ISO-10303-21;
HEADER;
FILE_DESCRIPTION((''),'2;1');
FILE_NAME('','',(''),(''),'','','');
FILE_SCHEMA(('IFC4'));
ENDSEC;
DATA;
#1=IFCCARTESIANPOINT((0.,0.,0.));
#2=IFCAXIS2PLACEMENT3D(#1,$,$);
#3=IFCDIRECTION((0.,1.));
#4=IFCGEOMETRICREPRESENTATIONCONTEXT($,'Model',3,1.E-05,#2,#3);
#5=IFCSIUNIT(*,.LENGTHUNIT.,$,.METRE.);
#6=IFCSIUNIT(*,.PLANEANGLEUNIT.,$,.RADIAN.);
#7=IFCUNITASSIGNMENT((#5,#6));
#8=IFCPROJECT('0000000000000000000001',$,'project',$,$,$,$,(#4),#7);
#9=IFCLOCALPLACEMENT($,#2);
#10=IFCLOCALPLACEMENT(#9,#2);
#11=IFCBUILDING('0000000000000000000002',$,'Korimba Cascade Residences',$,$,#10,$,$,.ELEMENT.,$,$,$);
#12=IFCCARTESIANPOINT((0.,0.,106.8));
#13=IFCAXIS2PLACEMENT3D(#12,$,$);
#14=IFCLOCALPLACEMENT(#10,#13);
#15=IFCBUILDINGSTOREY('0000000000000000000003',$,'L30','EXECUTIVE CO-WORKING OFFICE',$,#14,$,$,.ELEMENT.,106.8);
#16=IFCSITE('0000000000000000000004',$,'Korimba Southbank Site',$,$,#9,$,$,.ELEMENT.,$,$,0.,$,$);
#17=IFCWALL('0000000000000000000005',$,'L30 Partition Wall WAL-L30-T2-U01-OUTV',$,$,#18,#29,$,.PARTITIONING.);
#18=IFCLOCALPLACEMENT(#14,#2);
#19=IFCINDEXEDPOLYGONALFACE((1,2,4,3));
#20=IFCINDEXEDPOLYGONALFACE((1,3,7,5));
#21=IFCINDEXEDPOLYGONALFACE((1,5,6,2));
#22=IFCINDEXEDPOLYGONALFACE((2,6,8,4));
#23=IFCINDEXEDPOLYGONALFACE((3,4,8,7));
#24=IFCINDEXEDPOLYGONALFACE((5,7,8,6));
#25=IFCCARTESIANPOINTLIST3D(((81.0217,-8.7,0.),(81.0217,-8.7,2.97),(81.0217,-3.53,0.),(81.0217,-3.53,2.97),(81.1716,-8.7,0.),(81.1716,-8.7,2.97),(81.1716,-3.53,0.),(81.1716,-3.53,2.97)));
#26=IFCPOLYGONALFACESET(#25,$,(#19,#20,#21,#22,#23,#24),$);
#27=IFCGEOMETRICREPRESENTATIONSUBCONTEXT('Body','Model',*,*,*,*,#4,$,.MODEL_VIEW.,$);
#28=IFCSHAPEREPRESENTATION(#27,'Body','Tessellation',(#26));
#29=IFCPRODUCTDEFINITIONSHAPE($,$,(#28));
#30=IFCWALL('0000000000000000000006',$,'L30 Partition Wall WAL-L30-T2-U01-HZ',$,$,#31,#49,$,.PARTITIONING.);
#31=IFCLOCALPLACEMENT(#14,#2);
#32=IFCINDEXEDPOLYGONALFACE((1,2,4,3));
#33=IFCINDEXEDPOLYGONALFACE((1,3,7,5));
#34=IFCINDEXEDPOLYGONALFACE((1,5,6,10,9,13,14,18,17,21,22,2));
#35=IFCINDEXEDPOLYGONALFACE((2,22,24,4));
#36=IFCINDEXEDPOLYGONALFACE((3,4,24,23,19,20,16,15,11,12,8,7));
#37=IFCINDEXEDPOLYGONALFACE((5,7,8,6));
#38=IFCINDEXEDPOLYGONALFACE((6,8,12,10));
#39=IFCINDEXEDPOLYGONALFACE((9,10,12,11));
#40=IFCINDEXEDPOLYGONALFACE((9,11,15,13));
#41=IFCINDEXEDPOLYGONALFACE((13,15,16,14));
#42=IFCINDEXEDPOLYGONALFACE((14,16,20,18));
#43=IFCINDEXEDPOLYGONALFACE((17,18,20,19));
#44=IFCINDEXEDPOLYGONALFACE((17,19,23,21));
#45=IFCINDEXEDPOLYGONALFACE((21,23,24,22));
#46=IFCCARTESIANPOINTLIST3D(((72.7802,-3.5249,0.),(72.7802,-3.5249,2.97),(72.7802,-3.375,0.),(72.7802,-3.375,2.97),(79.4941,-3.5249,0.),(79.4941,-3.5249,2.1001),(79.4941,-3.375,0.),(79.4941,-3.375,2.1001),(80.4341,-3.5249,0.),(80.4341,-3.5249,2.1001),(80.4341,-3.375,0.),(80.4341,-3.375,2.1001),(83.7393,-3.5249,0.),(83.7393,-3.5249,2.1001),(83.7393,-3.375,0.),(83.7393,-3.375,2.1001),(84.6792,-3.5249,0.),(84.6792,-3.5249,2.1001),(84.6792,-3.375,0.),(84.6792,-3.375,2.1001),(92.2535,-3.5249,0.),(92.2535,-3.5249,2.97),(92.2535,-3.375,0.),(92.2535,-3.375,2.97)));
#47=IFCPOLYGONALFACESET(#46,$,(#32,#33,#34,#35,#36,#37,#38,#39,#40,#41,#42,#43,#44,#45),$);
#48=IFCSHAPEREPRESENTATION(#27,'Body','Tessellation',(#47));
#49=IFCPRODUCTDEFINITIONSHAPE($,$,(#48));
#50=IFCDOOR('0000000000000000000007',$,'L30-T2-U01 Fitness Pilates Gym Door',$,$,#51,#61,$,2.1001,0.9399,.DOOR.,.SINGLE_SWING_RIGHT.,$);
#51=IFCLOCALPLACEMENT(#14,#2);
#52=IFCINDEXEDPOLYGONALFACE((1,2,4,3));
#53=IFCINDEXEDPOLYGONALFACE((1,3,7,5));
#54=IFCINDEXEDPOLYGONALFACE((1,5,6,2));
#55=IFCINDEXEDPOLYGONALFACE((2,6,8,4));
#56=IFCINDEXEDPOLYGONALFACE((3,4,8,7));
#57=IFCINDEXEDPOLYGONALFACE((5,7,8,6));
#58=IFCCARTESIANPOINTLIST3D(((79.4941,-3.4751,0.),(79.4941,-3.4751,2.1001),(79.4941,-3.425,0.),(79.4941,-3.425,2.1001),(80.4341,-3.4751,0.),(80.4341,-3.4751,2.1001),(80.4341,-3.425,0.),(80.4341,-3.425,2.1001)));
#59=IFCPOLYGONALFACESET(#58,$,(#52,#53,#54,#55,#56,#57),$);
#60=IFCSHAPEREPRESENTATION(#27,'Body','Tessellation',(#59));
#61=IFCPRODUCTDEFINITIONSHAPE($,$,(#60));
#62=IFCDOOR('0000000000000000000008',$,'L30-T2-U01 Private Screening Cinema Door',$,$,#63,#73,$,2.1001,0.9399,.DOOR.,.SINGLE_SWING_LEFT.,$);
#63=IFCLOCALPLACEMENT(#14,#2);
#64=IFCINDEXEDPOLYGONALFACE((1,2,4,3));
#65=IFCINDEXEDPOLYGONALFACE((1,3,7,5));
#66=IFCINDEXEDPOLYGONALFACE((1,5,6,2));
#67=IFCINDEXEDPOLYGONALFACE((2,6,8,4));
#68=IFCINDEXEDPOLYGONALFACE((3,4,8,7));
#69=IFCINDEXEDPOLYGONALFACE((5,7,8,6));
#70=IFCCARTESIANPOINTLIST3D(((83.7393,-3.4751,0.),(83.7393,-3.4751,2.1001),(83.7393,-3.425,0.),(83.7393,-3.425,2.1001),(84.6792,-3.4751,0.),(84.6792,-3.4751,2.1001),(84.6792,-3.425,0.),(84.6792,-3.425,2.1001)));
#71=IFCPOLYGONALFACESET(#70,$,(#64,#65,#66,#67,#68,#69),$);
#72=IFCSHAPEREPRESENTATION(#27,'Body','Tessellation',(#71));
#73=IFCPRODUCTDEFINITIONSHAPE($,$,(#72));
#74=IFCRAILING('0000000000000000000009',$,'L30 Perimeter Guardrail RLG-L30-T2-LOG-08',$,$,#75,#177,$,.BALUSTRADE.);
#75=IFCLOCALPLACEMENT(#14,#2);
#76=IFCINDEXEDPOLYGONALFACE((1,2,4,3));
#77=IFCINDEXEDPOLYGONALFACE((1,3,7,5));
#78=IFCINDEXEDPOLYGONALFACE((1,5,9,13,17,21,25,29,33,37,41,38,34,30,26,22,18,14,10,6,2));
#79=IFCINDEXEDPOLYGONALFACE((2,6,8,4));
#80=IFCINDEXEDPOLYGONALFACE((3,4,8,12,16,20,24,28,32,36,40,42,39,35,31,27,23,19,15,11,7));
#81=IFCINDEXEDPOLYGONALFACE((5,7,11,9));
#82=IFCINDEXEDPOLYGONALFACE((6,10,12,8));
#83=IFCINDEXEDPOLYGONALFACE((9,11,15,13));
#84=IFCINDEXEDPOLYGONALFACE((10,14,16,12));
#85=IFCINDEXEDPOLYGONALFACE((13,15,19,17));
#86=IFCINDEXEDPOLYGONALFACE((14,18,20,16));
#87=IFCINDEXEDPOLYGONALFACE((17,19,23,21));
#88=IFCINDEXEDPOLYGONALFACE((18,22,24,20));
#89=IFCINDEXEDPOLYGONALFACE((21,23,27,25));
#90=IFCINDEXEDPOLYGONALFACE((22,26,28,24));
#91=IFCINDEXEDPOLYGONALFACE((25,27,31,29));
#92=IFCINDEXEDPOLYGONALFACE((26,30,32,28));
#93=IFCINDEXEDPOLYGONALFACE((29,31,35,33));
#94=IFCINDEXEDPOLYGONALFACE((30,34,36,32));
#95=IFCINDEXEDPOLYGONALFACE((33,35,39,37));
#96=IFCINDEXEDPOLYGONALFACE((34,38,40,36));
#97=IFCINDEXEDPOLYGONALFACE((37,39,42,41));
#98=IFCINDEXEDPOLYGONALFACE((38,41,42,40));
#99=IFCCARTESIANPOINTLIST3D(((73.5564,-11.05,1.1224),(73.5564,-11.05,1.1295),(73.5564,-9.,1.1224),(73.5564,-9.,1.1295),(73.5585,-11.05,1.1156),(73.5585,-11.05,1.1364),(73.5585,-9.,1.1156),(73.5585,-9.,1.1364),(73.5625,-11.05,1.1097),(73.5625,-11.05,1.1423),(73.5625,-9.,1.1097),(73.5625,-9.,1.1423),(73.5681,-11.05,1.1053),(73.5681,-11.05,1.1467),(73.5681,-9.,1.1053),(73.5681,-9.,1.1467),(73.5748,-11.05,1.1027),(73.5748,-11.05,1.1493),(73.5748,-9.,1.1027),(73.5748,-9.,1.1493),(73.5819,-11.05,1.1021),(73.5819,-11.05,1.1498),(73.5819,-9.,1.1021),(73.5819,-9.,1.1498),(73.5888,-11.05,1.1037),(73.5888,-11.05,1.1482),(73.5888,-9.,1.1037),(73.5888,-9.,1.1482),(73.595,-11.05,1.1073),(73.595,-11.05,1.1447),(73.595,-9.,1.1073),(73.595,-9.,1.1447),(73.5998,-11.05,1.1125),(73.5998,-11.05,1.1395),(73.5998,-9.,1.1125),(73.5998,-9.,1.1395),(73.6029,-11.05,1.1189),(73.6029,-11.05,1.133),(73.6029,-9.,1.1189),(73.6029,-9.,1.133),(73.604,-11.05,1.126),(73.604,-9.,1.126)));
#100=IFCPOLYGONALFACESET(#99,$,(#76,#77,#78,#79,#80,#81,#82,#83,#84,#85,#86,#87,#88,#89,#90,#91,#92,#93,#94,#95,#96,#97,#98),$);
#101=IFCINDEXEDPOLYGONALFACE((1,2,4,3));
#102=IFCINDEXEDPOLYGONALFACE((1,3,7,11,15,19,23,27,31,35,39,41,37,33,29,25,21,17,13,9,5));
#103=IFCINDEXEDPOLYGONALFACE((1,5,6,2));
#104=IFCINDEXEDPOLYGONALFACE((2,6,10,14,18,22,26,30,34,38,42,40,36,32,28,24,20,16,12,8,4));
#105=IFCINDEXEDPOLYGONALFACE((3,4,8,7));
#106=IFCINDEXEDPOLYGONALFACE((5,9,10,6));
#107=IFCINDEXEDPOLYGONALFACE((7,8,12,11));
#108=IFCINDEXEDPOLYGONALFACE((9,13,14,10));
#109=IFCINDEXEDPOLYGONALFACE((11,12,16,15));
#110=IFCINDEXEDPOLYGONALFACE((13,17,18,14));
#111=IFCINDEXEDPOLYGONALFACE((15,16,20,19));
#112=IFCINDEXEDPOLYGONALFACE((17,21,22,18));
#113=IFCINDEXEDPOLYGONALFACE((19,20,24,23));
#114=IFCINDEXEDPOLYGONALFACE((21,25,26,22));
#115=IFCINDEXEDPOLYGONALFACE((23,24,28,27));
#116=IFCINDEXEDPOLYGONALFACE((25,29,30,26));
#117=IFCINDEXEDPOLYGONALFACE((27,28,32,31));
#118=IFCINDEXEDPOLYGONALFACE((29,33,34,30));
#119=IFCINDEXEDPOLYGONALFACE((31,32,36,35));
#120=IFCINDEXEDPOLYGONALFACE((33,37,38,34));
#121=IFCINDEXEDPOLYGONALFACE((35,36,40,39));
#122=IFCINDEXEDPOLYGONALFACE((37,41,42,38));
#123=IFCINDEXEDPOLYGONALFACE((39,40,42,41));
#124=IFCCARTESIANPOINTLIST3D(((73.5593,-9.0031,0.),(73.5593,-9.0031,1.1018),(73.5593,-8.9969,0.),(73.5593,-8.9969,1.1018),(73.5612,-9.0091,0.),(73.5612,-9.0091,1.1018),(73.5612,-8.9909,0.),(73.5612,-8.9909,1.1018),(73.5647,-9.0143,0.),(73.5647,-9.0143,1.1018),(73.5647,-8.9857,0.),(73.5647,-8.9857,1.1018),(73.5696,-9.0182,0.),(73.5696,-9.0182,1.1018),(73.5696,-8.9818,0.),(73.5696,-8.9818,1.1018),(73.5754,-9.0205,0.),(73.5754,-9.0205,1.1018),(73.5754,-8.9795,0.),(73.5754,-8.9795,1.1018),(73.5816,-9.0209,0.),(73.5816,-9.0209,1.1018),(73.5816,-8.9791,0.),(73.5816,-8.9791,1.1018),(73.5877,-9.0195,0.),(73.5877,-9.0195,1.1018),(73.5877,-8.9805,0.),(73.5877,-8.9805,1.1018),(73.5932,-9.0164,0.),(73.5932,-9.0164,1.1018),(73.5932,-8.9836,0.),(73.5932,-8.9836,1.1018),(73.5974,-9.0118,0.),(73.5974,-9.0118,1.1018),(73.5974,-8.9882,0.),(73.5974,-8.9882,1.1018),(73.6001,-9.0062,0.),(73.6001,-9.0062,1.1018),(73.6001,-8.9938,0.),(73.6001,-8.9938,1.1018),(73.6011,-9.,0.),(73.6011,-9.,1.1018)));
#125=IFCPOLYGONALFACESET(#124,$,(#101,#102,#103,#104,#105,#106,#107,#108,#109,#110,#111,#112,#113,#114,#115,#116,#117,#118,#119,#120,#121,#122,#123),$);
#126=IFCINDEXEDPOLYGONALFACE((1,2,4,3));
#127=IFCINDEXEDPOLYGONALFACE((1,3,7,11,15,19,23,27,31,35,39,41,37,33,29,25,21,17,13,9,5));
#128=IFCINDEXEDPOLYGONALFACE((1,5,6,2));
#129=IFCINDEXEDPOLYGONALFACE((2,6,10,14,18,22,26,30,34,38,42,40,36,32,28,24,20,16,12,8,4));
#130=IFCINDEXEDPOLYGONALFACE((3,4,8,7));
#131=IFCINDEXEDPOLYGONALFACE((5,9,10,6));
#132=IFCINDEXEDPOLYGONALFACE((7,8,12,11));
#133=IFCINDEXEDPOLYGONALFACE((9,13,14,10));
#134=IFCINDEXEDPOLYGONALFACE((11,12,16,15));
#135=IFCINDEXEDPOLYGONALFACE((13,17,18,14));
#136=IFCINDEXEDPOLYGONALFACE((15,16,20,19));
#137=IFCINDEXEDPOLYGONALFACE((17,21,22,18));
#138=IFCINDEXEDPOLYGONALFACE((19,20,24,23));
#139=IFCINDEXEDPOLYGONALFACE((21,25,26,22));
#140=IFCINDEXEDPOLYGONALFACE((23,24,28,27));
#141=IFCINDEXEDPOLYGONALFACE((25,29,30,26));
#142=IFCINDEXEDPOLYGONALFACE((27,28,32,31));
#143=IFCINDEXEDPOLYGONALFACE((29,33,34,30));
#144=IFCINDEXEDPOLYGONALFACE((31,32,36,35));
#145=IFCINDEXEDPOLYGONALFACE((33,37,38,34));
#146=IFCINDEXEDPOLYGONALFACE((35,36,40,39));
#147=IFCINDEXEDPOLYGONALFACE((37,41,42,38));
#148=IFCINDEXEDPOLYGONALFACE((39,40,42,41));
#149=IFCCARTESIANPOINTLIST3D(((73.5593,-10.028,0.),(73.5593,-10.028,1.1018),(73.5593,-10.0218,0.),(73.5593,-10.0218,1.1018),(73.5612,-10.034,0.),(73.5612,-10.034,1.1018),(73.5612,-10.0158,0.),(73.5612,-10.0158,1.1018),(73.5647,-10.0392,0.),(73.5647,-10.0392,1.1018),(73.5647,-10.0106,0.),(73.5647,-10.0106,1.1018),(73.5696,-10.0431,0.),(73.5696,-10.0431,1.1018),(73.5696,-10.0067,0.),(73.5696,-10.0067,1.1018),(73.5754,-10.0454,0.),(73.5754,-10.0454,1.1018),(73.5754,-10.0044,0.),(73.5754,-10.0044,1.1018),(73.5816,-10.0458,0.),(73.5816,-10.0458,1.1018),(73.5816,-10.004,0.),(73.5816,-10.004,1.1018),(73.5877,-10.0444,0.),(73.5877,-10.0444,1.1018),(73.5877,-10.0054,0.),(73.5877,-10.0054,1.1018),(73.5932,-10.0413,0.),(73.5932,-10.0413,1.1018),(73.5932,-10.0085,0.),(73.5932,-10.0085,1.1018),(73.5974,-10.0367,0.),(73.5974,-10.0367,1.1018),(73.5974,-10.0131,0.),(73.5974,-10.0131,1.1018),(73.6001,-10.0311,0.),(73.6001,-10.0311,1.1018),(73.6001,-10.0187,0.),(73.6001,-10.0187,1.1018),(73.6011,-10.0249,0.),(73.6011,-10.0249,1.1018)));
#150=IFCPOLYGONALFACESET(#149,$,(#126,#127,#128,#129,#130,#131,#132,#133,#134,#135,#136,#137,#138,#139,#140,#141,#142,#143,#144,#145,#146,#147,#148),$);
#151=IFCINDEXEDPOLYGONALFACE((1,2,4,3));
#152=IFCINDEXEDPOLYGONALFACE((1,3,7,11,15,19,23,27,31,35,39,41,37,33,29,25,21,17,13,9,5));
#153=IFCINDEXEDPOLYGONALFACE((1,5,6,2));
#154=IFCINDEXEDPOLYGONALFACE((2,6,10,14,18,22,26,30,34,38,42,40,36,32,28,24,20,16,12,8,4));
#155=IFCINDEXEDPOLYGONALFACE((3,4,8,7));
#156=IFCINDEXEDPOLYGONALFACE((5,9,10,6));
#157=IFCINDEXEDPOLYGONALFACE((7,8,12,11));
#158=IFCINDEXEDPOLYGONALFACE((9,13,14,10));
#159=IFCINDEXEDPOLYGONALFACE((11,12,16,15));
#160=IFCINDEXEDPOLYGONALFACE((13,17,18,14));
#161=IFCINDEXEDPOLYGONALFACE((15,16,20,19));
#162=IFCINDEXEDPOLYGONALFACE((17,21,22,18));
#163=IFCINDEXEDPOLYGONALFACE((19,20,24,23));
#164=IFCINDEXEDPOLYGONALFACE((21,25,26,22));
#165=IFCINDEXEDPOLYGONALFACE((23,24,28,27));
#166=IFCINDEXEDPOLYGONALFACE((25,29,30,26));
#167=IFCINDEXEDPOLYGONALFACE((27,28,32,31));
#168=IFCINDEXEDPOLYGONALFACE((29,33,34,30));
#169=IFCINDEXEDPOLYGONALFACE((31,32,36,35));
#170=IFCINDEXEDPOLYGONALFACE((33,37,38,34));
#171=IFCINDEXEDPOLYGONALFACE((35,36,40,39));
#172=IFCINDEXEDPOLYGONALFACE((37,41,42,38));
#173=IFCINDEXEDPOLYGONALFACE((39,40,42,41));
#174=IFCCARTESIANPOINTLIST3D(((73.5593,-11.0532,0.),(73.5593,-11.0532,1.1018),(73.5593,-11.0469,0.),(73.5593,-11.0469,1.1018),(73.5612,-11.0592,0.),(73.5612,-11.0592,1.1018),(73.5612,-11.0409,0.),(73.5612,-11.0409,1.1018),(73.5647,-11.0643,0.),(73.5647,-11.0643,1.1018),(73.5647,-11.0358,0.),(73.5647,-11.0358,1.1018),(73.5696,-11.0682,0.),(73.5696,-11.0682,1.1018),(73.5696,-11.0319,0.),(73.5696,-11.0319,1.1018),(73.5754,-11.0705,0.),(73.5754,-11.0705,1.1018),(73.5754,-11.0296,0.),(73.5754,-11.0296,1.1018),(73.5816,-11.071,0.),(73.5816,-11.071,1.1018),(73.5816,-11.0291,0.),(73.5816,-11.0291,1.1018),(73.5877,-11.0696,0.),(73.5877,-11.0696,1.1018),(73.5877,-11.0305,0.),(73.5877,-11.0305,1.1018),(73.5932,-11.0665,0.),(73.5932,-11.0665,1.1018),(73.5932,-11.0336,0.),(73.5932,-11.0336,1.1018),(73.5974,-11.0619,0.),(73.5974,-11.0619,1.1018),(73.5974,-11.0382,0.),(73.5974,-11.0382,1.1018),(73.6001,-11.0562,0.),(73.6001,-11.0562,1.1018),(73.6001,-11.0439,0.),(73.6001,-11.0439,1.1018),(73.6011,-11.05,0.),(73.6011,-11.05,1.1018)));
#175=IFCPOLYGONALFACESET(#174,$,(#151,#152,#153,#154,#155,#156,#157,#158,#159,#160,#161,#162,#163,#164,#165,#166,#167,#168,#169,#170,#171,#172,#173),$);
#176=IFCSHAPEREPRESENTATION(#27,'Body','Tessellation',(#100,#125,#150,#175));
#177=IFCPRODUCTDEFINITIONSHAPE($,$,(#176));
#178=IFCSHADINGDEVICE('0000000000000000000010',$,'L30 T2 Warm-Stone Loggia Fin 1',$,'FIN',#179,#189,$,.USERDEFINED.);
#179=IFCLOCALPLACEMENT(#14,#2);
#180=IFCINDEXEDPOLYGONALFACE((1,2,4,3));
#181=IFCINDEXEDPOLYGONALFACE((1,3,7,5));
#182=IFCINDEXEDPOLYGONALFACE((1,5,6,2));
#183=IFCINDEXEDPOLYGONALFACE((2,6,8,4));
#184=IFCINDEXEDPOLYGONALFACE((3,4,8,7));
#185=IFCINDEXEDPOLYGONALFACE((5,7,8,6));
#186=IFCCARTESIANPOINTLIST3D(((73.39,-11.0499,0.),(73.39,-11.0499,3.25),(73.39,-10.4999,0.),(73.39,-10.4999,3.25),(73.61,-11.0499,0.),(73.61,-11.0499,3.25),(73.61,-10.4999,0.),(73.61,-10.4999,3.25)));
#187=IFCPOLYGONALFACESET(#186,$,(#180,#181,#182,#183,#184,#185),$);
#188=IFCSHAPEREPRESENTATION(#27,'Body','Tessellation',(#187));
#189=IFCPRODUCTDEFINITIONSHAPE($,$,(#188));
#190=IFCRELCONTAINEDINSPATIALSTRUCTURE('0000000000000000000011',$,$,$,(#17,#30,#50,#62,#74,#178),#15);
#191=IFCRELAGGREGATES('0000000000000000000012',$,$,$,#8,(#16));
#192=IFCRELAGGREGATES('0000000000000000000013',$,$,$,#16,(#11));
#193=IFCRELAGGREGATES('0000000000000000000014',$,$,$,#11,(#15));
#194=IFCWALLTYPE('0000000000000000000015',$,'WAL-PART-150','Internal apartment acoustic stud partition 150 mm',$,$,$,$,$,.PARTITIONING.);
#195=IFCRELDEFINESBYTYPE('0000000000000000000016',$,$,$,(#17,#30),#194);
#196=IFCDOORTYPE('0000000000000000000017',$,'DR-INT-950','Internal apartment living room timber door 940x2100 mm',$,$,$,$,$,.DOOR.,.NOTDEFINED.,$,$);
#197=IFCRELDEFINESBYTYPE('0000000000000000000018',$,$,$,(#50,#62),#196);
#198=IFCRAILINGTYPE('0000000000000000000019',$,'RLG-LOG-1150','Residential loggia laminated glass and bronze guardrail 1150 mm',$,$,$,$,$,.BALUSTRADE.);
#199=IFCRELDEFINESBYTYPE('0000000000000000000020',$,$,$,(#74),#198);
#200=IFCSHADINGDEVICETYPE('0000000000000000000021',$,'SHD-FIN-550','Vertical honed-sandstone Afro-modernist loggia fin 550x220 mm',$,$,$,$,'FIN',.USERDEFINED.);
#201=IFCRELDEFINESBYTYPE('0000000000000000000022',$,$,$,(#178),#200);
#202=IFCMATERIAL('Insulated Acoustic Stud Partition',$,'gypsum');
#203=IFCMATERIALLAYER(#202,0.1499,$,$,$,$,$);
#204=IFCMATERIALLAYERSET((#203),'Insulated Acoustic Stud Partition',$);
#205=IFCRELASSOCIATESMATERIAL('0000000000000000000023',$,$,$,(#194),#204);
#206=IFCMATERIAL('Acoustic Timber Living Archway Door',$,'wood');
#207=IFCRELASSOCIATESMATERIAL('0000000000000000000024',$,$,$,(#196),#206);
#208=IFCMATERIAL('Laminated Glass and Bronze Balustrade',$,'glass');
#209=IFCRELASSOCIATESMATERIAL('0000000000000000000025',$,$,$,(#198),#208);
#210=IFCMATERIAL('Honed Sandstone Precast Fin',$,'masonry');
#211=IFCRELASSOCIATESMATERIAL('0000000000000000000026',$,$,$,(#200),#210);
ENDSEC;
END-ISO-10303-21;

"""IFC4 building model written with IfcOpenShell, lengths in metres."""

from ifc_helpers import new_model, si_unit, direction, frame, frame_2d, origin, origin_2d, place, context, subcontext, project, spatial, rectangle, circle, extrude, material, layer, layer_set, type_object, element, fill, save


model = new_model("IFC4")

# Units and contexts
model_context = context("Model", 3, precision=1e-05, world=origin(), true_north=direction((0.0, 1.0)))
body_context = subcontext(model_context, "Body", "Model", "MODEL_VIEW")
ifc_project = project(units=[si_unit("LENGTHUNIT", "METRE"), si_unit("PLANEANGLEUNIT", "RADIAN")], contexts=[model_context])

# Site, building, storey
site_placement = place(None, origin())
site = spatial("IfcSite", under=ifc_project, at=site_placement, Name="Korimba Southbank Site", CompositionType="ELEMENT", RefElevation=0.0)
building_placement = place(site_placement, origin())
building = spatial("IfcBuilding", under=site, at=building_placement, Name="Korimba Cascade Residences", CompositionType="ELEMENT")
storey_placement = place(building_placement, frame((0.0, 0.0, 106.8)))
storey = spatial("IfcBuildingStorey", under=building, at=storey_placement, Name="L30", Description="EXECUTIVE CO-WORKING OFFICE", CompositionType="ELEMENT", Elevation=106.8)

# Wall
ifc_material_1 = material(Name="Insulated Acoustic Stud Partition", Category="gypsum")
ifc_layer_1 = layer(ifc_material_1, 0.1499)
ifc_layer_set_1 = layer_set([ifc_layer_1], Name="Insulated Acoustic Stud Partition")
wall_type_1 = type_object("IfcWallType", Name="WAL-PART-150", Description="Internal apartment acoustic stud partition 150 mm", PredefinedType="PARTITIONING", material=ifc_layer_set_1)
wall_1_placement = place(storey_placement, frame((81.0967, -8.7, 0.0), z_axis=(0.0, 0.0, 1.0), x_axis=(0.0, 1.0, 0.0)))
element("IfcWall", 1, at=wall_1_placement, inside=storey, type_object=wall_type_1, Name="L30 Partition Wall WAL-L30-T2-U01-OUTV", PredefinedType="PARTITIONING", context=body_context, shape_type="SweptSolid", body=[
    extrude(rectangle(XDim=5.1699, YDim=0.1499, at=frame_2d((2.585, 0.0))), origin(), (0.0, 0.0, 1.0), 2.97),
])

# Wall, openings, doors
wall_2_placement = place(storey_placement, frame((72.78, -3.45, 0.0), z_axis=(0.0, 0.0, 1.0), x_axis=(1.0, 0.0, 0.0)))
wall_2 = element("IfcWall", 2, at=wall_2_placement, inside=storey, type_object=wall_type_1, Name="L30 Partition Wall WAL-L30-T2-U01-HZ", PredefinedType="PARTITIONING", context=body_context, shape_type="SweptSolid", body=[
    extrude(rectangle(XDim=19.4734, YDim=0.1499, at=frame_2d((9.7368, 0.0))), origin(), (0.0, 0.0, 1.0), 2.97),
])
opening_1_placement = place(wall_2_placement, frame((6.7141, 0.0, 0.0)))
opening_1 = element("IfcOpeningElement", 3, at=opening_1_placement, cuts=wall_2, PredefinedType="OPENING", context=body_context, shape_type="SweptSolid", body=[
    extrude(rectangle(XDim=0.9399, YDim=2.1001, at=frame_2d((0.47, 1.05))), frame((0.0, 0.085, 0.0), z_axis=(0.0, -1.0, 0.0), x_axis=(1.0, 0.0, 0.0)), (0.0, 0.0, 1.0), 0.1699),
])
opening_2_placement = place(wall_2_placement, frame((10.9592, 0.0, 0.0)))
opening_2 = element("IfcOpeningElement", 4, at=opening_2_placement, cuts=wall_2, PredefinedType="OPENING", context=body_context, shape_type="SweptSolid", body=[
    extrude(rectangle(XDim=0.9399, YDim=2.1001, at=frame_2d((0.47, 1.05))), frame((0.0, 0.085, 0.0), z_axis=(0.0, -1.0, 0.0), x_axis=(1.0, 0.0, 0.0)), (0.0, 0.0, 1.0), 0.1699),
])
ifc_material_2 = material(Name="Acoustic Timber Living Archway Door", Category="wood")
door_type = type_object("IfcDoorType", Name="DR-INT-950", Description="Internal apartment living room timber door 940x2100 mm", OperationType="NOTDEFINED", PredefinedType="DOOR", material=ifc_material_2)
door_1_placement = place(opening_1_placement, origin())
door_1 = element("IfcDoor", 5, at=door_1_placement, inside=storey, type_object=door_type, Name="L30-T2-U01 Fitness Pilates Gym Door", OperationType="SINGLE_SWING_RIGHT", OverallHeight=2.1001, OverallWidth=0.9399, PredefinedType="DOOR", context=body_context, shape_type="SweptSolid", body=[
    extrude(rectangle(XDim=0.9399, YDim=2.1001, at=frame_2d((0.47, 1.05))), frame((0.0, 0.0249, 0.0), z_axis=(0.0, -1.0, 0.0), x_axis=(1.0, 0.0, 0.0)), (0.0, 0.0, 1.0), 0.05),
])
fill(opening_1, door_1)
door_2_placement = place(opening_2_placement, origin())
door_2 = element("IfcDoor", 6, at=door_2_placement, inside=storey, type_object=door_type, Name="L30-T2-U01 Private Screening Cinema Door", OperationType="SINGLE_SWING_LEFT", OverallHeight=2.1001, OverallWidth=0.9399, PredefinedType="DOOR", context=body_context, shape_type="SweptSolid", body=[
    extrude(rectangle(XDim=0.9399, YDim=2.1001, at=frame_2d((0.47, 1.05))), frame((0.0, 0.0249, 0.0), z_axis=(0.0, -1.0, 0.0), x_axis=(1.0, 0.0, 0.0)), (0.0, 0.0, 1.0), 0.05),
])
fill(opening_2, door_2)

# Railing
ifc_material_3 = material(Name="Laminated Glass and Bronze Balustrade", Category="glass")
railing_type = type_object("IfcRailingType", Name="RLG-LOG-1150", Description="Residential loggia laminated glass and bronze guardrail 1150 mm", PredefinedType="BALUSTRADE", material=ifc_material_3)
railing_placement = place(storey_placement, frame((73.5801, -9.0, 0.0)))
element("IfcRailing", 7, at=railing_placement, inside=storey, type_object=railing_type, Name="L30 Perimeter Guardrail RLG-L30-T2-LOG-08", PredefinedType="BALUSTRADE", context=body_context, shape_type="SweptSolid", body=[
    extrude(circle(Radius=0.0239, at=origin_2d()), frame((0.0, 0.0, 1.126), z_axis=(0.0, -1.0, 0.0), x_axis=(1.0, 0.0, 0.0)), (0.0, 0.0, 1.0), 2.05),
    extrude(circle(Radius=0.021, at=origin_2d()), origin(), (0.0, 0.0, 1.0), 1.1018),
    extrude(circle(Radius=0.021, at=origin_2d()), frame((0.0, -1.0249, 0.0)), (0.0, 0.0, 1.0), 1.1018),
    extrude(circle(Radius=0.021, at=origin_2d()), frame((0.0, -2.05, 0.0)), (0.0, 0.0, 1.0), 1.1018),
])

# Shading device
ifc_material_4 = material(Name="Honed Sandstone Precast Fin", Category="masonry")
shading_device_type = type_object("IfcShadingDeviceType", Name="SHD-FIN-550", Description="Vertical honed-sandstone Afro-modernist loggia fin 550x220 mm", ElementType="FIN", PredefinedType="USERDEFINED", material=ifc_material_4)
for number, where, z_axis, x_axis, name in (
    (8, (73.5, -10.7749, 0.0), (0.0, 0.0, 1.0), (1.0, 0.0, 0.0), "L30 T2 Warm-Stone Loggia Fin 1"),
):
    element("IfcShadingDevice", number, at=place(storey_placement, frame(where, z_axis=z_axis, x_axis=x_axis)), inside=storey, type_object=shading_device_type, Name=name, ObjectType="FIN", PredefinedType="USERDEFINED", context=body_context, shape_type="SweptSolid", body=[
        extrude(rectangle(XDim=0.22, YDim=0.55, at=origin_2d()), origin(), (0.0, 0.0, 1.0), 3.25),
    ])

save(model, "model.ifc")
